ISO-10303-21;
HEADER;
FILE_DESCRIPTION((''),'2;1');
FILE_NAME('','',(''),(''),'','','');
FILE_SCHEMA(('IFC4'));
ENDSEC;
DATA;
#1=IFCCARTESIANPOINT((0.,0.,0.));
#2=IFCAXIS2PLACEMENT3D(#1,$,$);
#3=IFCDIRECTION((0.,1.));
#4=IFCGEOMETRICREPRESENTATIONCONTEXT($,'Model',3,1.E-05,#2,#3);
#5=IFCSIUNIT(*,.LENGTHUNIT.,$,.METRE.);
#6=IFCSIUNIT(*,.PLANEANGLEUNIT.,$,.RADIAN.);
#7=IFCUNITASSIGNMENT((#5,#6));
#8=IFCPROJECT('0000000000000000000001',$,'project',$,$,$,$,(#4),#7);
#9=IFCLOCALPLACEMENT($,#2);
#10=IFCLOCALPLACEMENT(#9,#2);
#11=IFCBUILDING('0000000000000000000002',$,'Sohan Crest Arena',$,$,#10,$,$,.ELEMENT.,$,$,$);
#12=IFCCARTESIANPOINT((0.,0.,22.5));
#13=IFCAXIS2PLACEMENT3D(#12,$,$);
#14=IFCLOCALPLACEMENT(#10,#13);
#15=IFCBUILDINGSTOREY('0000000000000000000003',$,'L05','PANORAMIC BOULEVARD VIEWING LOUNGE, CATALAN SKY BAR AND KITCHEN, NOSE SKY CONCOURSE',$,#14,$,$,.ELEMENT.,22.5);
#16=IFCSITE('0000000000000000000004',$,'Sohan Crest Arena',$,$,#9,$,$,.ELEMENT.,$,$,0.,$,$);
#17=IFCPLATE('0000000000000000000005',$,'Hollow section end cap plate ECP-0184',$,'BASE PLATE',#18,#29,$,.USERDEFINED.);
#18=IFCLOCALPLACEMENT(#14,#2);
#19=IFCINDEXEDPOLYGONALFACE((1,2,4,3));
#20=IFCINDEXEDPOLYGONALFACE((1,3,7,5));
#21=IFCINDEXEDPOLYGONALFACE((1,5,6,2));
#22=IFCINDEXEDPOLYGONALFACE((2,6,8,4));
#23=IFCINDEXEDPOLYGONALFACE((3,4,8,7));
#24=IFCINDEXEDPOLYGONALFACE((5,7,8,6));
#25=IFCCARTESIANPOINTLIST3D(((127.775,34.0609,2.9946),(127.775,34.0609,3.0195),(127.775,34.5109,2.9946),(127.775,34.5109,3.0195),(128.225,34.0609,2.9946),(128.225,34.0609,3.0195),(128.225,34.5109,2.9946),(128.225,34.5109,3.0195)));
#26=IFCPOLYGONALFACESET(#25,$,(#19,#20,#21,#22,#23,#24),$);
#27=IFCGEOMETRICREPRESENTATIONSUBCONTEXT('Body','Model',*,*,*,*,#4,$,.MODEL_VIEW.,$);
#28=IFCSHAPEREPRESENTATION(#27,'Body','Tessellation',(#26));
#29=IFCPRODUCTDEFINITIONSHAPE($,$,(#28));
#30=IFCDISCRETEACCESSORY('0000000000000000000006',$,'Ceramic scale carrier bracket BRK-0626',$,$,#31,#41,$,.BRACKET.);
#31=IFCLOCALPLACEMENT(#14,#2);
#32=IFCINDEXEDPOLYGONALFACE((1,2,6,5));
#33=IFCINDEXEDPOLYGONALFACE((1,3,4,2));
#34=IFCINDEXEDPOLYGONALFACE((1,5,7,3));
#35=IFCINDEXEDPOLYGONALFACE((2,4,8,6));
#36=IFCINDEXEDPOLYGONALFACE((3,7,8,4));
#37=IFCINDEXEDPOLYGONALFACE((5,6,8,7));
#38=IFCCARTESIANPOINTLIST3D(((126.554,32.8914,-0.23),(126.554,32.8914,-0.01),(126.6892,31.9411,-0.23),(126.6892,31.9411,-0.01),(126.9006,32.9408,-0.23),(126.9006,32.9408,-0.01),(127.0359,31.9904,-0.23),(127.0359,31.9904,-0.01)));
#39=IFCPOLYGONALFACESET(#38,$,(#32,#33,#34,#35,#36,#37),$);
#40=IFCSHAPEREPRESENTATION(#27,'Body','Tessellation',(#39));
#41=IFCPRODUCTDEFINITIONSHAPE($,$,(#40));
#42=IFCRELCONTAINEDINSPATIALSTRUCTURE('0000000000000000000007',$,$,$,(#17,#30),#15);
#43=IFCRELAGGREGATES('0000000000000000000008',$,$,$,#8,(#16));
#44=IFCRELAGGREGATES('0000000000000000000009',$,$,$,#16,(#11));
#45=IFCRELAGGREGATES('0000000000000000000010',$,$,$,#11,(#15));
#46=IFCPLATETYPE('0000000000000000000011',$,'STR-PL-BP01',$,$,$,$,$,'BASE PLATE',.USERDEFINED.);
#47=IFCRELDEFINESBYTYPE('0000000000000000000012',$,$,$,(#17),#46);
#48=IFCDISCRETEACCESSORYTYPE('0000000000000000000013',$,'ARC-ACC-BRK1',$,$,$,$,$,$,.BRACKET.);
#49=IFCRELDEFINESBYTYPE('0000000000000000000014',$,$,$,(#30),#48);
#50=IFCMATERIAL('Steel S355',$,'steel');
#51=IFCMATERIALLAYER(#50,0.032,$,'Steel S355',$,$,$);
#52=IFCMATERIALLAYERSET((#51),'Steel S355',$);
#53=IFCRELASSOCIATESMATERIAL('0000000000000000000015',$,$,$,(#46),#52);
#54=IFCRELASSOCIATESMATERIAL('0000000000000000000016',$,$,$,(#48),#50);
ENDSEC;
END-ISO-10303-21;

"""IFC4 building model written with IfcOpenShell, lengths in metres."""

from ifc_helpers import new_model, si_unit, direction, frame, origin, origin_2d, place, context, subcontext, project, spatial, rectangle, extrude, material, layer, layer_set, type_object, element, save


model = new_model("IFC4")

# Units and contexts
model_context = context("Model", 3, precision=1e-05, world=origin(), true_north=direction((0.0, 1.0)))
body_context = subcontext(model_context, "Body", "Model", "MODEL_VIEW")
ifc_project = project(units=[si_unit("LENGTHUNIT", "METRE"), si_unit("PLANEANGLEUNIT", "RADIAN")], contexts=[model_context])

# Site, building, storey
site_placement = place(None, origin())
site = spatial("IfcSite", under=ifc_project, at=site_placement, Name="Sohan Crest Arena", CompositionType="ELEMENT", RefElevation=0.0)
building_placement = place(site_placement, origin())
building = spatial("IfcBuilding", under=site, at=building_placement, Name="Sohan Crest Arena", CompositionType="ELEMENT")
storey_placement = place(building_placement, frame((0.0, 0.0, 22.5)))
storey = spatial("IfcBuildingStorey", under=building, at=storey_placement, Name="L05", Description="PANORAMIC BOULEVARD VIEWING LOUNGE, CATALAN SKY BAR AND KITCHEN, NOSE SKY CONCOURSE", CompositionType="ELEMENT", Elevation=22.5)

# Shared definitions
ifc_material_1 = material(Name="Steel S355", Category="steel")

# Plate
ifc_layer_1 = layer(ifc_material_1, 0.032, Name="Steel S355")
ifc_layer_set_1 = layer_set([ifc_layer_1], Name="Steel S355")
plate_type_1 = type_object("IfcPlateType", Name="STR-PL-BP01", ElementType="BASE PLATE", PredefinedType="USERDEFINED", material=ifc_layer_set_1)
plate_1_placement = place(storey_placement, frame((128.0, 34.2859, 2.9946), z_axis=(0.0, 0.0, 1.0), x_axis=(1.0, 0.0, 0.0)))
element("IfcPlate", 1, at=plate_1_placement, inside=storey, type_object=plate_type_1, Name="Hollow section end cap plate ECP-0184", ObjectType="BASE PLATE", PredefinedType="USERDEFINED", context=body_context, shape_type="SweptSolid", body=[
    extrude(rectangle(XDim=0.45, YDim=0.45, at=origin_2d()), origin(), (0.0, 0.0, 1.0), 0.0249),
])

# Discrete accessory
discrete_accessory_type = type_object("IfcDiscreteAccessoryType", Name="ARC-ACC-BRK1", PredefinedType="BRACKET", material=ifc_material_1)
discrete_accessory_placement = place(storey_placement, frame((126.7949, 32.4409, -0.23), z_axis=(0.0, 0.0, 1.0), x_axis=(0.990024, 0.140901, 0.0)))
element("IfcDiscreteAccessory", 2, at=discrete_accessory_placement, inside=storey, type_object=discrete_accessory_type, Name="Ceramic scale carrier bracket BRK-0626", PredefinedType="BRACKET", context=body_context, shape_type="SweptSolid", body=[
    extrude(rectangle(XDim=0.3501, YDim=0.96, at=origin_2d()), origin(), (0.0, 0.0, 1.0), 0.22),
])

save(model, "model.ifc")
